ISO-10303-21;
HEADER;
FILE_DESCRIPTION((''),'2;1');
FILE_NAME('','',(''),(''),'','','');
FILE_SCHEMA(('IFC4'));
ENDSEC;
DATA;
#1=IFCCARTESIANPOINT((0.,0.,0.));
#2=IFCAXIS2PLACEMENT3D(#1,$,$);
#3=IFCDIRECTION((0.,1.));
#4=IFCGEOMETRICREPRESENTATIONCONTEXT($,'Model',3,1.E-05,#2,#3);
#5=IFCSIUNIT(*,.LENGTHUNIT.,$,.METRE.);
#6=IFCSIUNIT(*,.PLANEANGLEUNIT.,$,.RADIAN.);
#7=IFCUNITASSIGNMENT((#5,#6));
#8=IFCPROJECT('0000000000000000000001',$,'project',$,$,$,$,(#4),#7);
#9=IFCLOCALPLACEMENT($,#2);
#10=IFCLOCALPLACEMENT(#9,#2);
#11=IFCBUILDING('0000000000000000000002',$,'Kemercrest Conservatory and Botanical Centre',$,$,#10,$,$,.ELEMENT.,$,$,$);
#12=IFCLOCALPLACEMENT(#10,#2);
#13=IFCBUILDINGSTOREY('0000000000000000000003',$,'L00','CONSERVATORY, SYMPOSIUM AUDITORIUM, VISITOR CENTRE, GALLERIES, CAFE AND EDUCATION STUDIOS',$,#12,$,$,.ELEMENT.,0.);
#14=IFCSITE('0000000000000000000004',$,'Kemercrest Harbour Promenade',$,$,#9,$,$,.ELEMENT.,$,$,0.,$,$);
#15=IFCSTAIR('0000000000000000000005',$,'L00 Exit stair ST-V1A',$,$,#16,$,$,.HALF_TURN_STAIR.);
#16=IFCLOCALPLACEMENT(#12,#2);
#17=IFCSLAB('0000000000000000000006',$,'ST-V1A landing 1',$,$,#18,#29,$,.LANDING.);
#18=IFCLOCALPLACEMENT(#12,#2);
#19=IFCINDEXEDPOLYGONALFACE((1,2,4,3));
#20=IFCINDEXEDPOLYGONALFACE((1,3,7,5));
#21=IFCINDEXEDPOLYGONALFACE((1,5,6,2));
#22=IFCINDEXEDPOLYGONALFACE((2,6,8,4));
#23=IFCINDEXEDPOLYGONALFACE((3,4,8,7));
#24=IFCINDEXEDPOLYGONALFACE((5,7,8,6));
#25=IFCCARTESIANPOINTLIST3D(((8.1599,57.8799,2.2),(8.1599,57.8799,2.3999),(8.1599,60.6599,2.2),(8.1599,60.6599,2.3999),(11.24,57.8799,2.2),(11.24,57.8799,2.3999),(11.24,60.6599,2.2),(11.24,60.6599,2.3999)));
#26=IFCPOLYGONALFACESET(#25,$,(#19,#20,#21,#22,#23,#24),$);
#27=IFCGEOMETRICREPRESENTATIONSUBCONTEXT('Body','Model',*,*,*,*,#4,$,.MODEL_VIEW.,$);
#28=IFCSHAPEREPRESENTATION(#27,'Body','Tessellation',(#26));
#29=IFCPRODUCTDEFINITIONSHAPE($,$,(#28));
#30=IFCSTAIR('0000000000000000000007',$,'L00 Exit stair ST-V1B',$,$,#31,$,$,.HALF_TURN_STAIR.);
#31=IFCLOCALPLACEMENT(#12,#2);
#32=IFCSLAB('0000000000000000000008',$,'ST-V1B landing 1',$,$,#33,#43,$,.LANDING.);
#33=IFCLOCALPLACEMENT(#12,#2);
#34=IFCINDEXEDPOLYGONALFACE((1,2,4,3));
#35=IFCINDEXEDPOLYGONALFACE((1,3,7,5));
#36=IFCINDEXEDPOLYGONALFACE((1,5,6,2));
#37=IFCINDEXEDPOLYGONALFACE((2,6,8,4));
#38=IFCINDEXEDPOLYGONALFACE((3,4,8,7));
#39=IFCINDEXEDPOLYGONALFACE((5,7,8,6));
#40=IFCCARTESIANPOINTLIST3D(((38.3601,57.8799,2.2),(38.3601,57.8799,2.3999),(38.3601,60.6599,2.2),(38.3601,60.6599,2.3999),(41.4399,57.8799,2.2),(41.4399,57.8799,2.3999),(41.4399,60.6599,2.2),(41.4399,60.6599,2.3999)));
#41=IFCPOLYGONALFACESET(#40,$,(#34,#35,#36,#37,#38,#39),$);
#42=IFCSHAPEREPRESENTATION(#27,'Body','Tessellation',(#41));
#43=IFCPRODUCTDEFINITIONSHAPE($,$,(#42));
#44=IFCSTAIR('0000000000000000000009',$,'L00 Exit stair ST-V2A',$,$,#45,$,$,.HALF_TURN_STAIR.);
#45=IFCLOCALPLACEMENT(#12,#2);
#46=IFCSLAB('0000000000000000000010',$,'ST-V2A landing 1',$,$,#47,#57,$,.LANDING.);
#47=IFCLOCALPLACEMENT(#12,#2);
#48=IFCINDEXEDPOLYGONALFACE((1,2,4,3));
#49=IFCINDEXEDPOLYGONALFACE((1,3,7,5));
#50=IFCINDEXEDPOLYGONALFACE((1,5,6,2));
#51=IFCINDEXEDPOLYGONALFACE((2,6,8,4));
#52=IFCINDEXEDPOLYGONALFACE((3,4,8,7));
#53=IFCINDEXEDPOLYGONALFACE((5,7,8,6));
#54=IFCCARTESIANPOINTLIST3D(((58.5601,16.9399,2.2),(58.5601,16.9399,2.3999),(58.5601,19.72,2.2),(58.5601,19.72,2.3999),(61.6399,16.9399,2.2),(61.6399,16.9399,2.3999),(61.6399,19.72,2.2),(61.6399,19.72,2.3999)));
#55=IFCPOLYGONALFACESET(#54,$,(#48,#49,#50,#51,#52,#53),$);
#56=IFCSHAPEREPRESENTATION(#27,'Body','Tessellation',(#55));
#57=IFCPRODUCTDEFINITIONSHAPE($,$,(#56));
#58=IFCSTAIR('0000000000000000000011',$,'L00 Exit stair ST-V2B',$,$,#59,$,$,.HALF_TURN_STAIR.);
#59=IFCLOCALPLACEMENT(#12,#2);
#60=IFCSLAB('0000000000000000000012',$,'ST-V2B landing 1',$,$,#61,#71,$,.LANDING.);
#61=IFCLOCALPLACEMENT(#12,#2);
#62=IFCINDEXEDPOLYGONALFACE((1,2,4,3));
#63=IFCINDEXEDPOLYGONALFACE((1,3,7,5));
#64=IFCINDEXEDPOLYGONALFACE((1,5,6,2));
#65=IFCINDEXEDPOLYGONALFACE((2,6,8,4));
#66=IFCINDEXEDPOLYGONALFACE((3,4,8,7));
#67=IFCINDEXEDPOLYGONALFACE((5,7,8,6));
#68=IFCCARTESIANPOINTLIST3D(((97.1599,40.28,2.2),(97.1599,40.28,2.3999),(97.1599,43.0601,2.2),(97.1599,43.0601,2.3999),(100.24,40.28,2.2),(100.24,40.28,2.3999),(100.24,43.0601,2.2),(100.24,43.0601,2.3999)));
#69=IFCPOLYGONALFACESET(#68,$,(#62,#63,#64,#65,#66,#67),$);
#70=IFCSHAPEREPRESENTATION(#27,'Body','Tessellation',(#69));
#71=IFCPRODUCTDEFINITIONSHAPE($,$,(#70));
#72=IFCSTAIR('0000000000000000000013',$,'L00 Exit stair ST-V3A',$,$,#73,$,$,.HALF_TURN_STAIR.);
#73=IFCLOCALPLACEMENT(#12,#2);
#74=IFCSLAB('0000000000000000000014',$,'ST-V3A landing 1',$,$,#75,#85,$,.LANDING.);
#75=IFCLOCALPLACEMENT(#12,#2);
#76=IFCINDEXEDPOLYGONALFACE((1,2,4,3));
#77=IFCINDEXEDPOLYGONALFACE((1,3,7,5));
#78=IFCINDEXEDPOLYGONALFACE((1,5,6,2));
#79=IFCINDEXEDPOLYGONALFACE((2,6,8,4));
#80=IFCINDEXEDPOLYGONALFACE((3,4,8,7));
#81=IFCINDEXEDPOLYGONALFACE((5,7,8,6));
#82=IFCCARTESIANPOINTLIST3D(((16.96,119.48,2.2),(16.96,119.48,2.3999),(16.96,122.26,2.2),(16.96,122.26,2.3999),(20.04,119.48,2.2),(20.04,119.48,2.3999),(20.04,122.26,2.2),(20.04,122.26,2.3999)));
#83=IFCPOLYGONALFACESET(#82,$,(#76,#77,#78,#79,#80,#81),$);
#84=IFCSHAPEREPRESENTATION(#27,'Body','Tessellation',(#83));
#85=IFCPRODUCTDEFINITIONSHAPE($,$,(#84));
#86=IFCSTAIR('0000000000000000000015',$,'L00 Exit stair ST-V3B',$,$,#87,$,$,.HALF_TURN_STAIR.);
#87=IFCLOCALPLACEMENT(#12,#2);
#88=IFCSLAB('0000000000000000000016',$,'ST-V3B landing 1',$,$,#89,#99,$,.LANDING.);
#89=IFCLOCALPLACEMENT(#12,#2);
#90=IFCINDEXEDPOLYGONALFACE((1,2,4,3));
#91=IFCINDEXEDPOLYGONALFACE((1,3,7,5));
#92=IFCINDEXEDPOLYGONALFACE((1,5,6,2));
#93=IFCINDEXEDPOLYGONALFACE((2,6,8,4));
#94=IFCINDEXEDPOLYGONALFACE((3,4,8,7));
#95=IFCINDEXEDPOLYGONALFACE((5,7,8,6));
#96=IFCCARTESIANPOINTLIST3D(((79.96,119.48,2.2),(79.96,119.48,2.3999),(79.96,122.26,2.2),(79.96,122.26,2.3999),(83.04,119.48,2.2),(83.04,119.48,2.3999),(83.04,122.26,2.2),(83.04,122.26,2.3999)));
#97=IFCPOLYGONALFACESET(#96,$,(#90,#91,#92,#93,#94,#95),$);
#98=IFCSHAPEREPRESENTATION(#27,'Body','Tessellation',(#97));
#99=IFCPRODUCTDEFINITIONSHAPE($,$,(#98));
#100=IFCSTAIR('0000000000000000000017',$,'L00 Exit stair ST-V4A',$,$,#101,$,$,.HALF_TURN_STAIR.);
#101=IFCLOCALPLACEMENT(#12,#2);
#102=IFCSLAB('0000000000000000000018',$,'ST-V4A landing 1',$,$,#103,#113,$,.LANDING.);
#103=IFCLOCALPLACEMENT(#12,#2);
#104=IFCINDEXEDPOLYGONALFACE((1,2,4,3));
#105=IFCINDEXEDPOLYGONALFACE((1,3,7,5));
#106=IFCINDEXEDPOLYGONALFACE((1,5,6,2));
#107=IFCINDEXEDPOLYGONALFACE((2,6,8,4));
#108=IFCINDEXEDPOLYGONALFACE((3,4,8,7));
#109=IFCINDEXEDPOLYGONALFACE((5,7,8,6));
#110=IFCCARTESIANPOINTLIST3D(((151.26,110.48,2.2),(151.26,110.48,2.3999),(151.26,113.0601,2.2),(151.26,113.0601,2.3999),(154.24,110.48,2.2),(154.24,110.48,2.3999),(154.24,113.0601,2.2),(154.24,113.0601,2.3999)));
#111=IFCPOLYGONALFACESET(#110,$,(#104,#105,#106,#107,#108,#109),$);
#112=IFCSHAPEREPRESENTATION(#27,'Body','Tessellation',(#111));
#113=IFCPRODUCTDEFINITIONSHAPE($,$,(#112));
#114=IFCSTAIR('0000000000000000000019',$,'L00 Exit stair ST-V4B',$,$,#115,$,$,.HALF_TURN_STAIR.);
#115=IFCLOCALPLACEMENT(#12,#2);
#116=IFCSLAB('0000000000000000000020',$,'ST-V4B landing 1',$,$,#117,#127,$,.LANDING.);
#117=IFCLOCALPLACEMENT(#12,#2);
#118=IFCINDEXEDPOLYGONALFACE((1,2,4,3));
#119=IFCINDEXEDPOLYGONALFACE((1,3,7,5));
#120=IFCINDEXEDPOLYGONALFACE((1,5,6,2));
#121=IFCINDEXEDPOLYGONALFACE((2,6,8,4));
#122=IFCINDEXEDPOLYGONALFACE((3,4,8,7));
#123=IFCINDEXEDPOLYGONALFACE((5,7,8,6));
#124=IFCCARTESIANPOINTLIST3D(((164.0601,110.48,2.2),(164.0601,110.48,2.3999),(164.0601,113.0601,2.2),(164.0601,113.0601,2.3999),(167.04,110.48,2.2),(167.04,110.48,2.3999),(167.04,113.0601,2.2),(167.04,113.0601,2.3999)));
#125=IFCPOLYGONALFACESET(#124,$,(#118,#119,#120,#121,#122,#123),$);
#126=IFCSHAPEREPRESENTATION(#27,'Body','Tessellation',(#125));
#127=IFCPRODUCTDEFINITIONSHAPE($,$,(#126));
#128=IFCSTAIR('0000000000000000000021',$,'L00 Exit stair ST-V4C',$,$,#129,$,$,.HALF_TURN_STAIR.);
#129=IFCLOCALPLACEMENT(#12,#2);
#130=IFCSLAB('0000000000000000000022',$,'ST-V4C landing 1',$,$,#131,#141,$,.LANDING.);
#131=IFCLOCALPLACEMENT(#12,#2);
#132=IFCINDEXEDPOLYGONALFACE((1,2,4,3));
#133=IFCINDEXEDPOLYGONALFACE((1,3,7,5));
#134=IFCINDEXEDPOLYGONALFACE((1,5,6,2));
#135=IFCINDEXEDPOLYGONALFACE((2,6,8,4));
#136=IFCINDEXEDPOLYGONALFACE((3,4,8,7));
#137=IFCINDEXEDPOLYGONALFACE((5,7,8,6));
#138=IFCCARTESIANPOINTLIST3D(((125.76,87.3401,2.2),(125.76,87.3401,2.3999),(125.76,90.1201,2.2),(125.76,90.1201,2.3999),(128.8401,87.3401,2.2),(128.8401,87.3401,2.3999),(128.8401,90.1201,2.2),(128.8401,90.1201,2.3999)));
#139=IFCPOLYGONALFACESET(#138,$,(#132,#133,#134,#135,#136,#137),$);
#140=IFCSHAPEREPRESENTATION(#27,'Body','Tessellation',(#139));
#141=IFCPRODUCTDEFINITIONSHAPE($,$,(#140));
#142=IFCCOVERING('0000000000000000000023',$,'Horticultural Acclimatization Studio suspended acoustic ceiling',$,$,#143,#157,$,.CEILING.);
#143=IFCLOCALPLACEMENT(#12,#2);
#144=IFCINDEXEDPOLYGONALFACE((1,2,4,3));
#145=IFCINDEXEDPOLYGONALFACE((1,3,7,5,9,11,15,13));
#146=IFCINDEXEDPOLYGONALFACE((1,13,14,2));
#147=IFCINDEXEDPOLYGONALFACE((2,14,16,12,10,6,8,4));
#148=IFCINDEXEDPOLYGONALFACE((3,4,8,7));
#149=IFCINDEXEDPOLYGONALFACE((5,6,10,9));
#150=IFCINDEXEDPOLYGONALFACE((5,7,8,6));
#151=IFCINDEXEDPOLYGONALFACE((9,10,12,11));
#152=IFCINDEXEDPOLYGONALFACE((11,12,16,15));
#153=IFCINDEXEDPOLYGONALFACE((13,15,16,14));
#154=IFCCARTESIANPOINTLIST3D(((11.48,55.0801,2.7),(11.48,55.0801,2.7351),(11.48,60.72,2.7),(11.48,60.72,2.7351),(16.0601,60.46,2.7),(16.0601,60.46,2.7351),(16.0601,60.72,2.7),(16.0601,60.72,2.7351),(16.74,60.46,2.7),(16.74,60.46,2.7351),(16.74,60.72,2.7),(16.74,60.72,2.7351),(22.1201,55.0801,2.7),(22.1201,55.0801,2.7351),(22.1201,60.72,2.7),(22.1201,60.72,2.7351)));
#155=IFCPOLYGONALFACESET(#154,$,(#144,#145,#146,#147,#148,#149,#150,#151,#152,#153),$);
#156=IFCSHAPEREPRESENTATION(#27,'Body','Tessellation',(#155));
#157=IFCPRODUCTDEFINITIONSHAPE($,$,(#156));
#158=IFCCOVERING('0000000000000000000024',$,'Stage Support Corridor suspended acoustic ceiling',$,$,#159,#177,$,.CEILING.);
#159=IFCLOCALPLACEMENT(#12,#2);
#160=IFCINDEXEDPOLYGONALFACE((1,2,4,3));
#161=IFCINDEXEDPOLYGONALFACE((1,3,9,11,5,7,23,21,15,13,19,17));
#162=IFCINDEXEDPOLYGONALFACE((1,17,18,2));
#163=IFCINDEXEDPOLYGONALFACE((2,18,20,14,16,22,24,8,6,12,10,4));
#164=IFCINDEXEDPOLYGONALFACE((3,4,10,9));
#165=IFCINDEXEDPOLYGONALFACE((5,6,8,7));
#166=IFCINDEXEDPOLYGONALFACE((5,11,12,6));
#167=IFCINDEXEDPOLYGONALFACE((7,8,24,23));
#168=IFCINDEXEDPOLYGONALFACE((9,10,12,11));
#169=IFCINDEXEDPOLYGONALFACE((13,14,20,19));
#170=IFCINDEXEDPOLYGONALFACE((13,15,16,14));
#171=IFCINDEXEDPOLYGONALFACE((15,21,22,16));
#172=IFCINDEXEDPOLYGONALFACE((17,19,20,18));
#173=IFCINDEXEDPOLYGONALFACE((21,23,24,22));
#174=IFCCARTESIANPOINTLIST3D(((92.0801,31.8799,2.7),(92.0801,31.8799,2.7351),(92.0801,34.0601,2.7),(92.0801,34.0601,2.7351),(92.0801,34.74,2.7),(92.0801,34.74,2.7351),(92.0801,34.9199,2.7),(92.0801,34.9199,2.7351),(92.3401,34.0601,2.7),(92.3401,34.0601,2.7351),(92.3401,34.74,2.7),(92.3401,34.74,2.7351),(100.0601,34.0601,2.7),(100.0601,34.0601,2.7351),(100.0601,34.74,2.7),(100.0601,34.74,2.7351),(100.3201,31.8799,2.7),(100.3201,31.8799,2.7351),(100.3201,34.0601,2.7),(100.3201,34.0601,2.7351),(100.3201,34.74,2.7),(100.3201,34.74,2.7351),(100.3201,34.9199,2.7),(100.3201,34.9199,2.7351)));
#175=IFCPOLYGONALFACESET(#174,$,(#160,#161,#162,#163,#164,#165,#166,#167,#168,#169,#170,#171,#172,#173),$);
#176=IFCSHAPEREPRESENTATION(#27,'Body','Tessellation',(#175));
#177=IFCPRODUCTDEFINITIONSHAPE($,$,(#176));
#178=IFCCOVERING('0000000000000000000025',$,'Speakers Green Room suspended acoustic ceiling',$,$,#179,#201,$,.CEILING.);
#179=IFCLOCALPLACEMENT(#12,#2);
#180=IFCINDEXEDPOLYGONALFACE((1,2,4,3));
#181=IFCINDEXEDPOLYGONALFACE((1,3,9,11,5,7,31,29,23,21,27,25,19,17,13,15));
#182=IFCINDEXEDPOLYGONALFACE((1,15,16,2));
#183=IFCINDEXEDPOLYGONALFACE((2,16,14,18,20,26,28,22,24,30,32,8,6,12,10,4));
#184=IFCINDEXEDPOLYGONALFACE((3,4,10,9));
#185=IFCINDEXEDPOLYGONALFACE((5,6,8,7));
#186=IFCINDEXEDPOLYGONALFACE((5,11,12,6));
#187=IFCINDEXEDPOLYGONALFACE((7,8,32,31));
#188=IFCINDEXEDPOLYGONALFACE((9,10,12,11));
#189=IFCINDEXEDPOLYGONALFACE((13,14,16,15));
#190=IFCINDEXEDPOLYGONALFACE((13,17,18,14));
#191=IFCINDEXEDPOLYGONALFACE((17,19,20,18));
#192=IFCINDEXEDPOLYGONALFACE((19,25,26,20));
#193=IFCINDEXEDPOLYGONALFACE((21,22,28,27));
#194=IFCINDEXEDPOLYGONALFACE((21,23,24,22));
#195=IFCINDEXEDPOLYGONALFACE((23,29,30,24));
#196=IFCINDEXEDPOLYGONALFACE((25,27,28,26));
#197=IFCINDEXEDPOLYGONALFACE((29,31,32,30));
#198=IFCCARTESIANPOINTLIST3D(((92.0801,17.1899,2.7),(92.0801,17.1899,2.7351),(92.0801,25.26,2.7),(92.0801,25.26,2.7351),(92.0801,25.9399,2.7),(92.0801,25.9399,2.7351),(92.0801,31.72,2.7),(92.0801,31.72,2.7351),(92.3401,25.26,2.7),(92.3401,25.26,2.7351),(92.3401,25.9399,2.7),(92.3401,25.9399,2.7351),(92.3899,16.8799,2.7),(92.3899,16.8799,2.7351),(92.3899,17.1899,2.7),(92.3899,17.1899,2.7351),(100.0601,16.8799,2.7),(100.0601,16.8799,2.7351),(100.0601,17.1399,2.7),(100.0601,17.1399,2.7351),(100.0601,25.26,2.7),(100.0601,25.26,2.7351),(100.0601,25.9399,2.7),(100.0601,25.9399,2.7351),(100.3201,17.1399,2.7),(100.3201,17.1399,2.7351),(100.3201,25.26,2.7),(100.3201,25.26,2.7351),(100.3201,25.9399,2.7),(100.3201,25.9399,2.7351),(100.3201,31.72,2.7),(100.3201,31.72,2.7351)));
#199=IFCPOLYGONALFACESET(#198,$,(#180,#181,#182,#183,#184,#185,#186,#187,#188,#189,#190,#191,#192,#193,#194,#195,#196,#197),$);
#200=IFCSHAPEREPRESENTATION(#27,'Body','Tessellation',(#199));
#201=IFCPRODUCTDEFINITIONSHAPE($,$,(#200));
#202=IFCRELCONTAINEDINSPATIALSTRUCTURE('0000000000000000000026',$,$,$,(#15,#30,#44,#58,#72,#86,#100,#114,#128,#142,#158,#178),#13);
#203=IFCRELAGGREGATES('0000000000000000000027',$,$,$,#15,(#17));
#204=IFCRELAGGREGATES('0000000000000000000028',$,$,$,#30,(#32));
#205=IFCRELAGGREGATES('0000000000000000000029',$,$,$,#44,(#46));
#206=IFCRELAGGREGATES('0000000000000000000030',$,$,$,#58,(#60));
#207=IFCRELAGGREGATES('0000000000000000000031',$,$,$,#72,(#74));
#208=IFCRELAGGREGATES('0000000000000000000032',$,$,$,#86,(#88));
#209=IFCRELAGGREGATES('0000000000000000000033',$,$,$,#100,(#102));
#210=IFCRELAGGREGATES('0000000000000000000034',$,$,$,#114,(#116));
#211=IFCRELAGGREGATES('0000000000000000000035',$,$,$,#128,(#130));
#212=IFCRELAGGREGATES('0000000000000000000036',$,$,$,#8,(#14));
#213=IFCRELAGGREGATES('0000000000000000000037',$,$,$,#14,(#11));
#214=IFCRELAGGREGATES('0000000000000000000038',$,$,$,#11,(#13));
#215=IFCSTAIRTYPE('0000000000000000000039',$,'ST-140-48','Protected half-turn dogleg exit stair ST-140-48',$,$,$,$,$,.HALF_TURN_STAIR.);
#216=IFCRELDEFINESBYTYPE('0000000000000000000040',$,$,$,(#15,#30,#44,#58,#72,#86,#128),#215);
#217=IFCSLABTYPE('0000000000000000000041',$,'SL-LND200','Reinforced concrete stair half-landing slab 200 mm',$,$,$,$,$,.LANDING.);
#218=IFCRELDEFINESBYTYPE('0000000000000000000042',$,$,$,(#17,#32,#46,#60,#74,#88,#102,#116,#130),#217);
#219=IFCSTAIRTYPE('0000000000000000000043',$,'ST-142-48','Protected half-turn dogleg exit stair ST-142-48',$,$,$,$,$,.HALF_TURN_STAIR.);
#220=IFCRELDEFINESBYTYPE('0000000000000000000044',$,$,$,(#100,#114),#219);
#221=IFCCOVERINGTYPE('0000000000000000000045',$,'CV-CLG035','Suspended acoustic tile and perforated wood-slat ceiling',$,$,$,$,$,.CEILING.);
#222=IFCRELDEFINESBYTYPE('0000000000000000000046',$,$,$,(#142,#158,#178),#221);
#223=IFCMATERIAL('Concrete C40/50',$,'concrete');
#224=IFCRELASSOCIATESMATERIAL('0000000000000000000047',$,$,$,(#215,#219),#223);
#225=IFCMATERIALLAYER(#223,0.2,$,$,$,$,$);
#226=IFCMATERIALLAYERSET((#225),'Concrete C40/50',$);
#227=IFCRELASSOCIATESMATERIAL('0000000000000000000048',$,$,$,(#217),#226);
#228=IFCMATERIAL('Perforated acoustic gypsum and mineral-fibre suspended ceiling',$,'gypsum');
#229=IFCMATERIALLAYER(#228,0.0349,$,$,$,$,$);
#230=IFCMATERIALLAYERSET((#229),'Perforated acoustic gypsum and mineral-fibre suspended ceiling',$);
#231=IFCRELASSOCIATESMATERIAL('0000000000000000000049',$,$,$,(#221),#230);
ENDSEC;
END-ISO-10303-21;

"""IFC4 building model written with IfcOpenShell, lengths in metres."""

from ifc_helpers import new_model, si_unit, direction, frame, origin, place, context, subcontext, project, spatial, polyline, outline, extrude, material, layer, layer_set, type_object, element, aggregate, save


model = new_model("IFC4")

# Units and contexts
model_context = context("Model", 3, precision=1e-05, world=origin(), true_north=direction((0.0, 1.0)))
body_context = subcontext(model_context, "Body", "Model", "MODEL_VIEW")
ifc_project = project(units=[si_unit("LENGTHUNIT", "METRE"), si_unit("PLANEANGLEUNIT", "RADIAN")], contexts=[model_context])

# Site, building, storey
site_placement = place(None, origin())
site = spatial("IfcSite", under=ifc_project, at=site_placement, Name="Kemercrest Harbour Promenade", CompositionType="ELEMENT", RefElevation=0.0)
building_placement = place(site_placement, origin())
building = spatial("IfcBuilding", under=site, at=building_placement, Name="Kemercrest Conservatory and Botanical Centre", CompositionType="ELEMENT")
storey_placement = place(building_placement, origin())
storey = spatial("IfcBuildingStorey", under=building, at=storey_placement, Name="L00", Description="CONSERVATORY, SYMPOSIUM AUDITORIUM, VISITOR CENTRE, GALLERIES, CAFE AND EDUCATION STUDIOS", CompositionType="ELEMENT", Elevation=0.0)

# Stairs, slabs
ifc_material_1 = material(Name="Concrete C40/50", Category="concrete")
stair_type_1 = type_object("IfcStairType", Name="ST-140-48", Description="Protected half-turn dogleg exit stair ST-140-48", PredefinedType="HALF_TURN_STAIR", material=ifc_material_1)
stair_1_placement = place(storey_placement, origin())
stair_1 = element("IfcStair", 1, at=stair_1_placement, inside=storey, type_object=stair_type_1, Name="L00 Exit stair ST-V1A", PredefinedType="HALF_TURN_STAIR")
ifc_layer_1 = layer(ifc_material_1, 0.2)
ifc_layer_set_1 = layer_set([ifc_layer_1], Name="Concrete C40/50")
slab_type = type_object("IfcSlabType", Name="SL-LND200", Description="Reinforced concrete stair half-landing slab 200 mm", PredefinedType="LANDING", material=ifc_layer_set_1)
slab_1_placement = place(storey_placement, frame((0.0, 0.0, 2.2)))
slab_1 = element("IfcSlab", 2, at=slab_1_placement, type_object=slab_type, Name="ST-V1A landing 1", PredefinedType="LANDING", context=body_context, shape_type="SweptSolid", body=[
    extrude(outline(polyline([(11.24, 57.8799), (11.24, 60.6599), (8.1599, 60.6599), (8.1599, 57.8799), (11.24, 57.8799)])), origin(), (0.0, 0.0, 1.0), 0.2),
])
aggregate(stair_1, [slab_1])
stair_2_placement = place(storey_placement, origin())
stair_2 = element("IfcStair", 3, at=stair_2_placement, inside=storey, type_object=stair_type_1, Name="L00 Exit stair ST-V1B", PredefinedType="HALF_TURN_STAIR")
slab_2_placement = place(storey_placement, frame((0.0, 0.0, 2.2)))
slab_2 = element("IfcSlab", 4, at=slab_2_placement, type_object=slab_type, Name="ST-V1B landing 1", PredefinedType="LANDING", context=body_context, shape_type="SweptSolid", body=[
    extrude(outline(polyline([(41.4399, 57.8799), (41.4399, 60.6599), (38.3601, 60.6599), (38.3601, 57.8799), (41.4399, 57.8799)])), origin(), (0.0, 0.0, 1.0), 0.2),
])
aggregate(stair_2, [slab_2])
stair_3_placement = place(storey_placement, origin())
stair_3 = element("IfcStair", 5, at=stair_3_placement, inside=storey, type_object=stair_type_1, Name="L00 Exit stair ST-V2A", PredefinedType="HALF_TURN_STAIR")
slab_3_placement = place(storey_placement, frame((0.0, 0.0, 2.2)))
slab_3 = element("IfcSlab", 6, at=slab_3_placement, type_object=slab_type, Name="ST-V2A landing 1", PredefinedType="LANDING", context=body_context, shape_type="SweptSolid", body=[
    extrude(outline(polyline([(58.5601, 19.72), (58.5601, 16.9399), (61.6399, 16.9399), (61.6399, 19.72), (58.5601, 19.72)])), origin(), (0.0, 0.0, 1.0), 0.2),
])
aggregate(stair_3, [slab_3])
stair_4_placement = place(storey_placement, origin())
stair_4 = element("IfcStair", 7, at=stair_4_placement, inside=storey, type_object=stair_type_1, Name="L00 Exit stair ST-V2B", PredefinedType="HALF_TURN_STAIR")
slab_4_placement = place(storey_placement, frame((0.0, 0.0, 2.2)))
slab_4 = element("IfcSlab", 8, at=slab_4_placement, type_object=slab_type, Name="ST-V2B landing 1", PredefinedType="LANDING", context=body_context, shape_type="SweptSolid", body=[
    extrude(outline(polyline([(100.24, 40.28), (100.24, 43.0601), (97.1599, 43.0601), (97.1599, 40.28), (100.24, 40.28)])), origin(), (0.0, 0.0, 1.0), 0.2),
])
aggregate(stair_4, [slab_4])
stair_5_placement = place(storey_placement, origin())
stair_5 = element("IfcStair", 9, at=stair_5_placement, inside=storey, type_object=stair_type_1, Name="L00 Exit stair ST-V3A", PredefinedType="HALF_TURN_STAIR")
slab_5_placement = place(storey_placement, frame((0.0, 0.0, 2.2)))
slab_5 = element("IfcSlab", 10, at=slab_5_placement, type_object=slab_type, Name="ST-V3A landing 1", PredefinedType="LANDING", context=body_context, shape_type="SweptSolid", body=[
    extrude(outline(polyline([(20.04, 119.48), (20.04, 122.26), (16.96, 122.26), (16.96, 119.48), (20.04, 119.48)])), origin(), (0.0, 0.0, 1.0), 0.2),
])
aggregate(stair_5, [slab_5])
stair_6_placement = place(storey_placement, origin())
stair_6 = element("IfcStair", 11, at=stair_6_placement, inside=storey, type_object=stair_type_1, Name="L00 Exit stair ST-V3B", PredefinedType="HALF_TURN_STAIR")
slab_6_placement = place(storey_placement, frame((0.0, 0.0, 2.2)))
slab_6 = element("IfcSlab", 12, at=slab_6_placement, type_object=slab_type, Name="ST-V3B landing 1", PredefinedType="LANDING", context=body_context, shape_type="SweptSolid", body=[
    extrude(outline(polyline([(83.04, 119.48), (83.04, 122.26), (79.96, 122.26), (79.96, 119.48), (83.04, 119.48)])), origin(), (0.0, 0.0, 1.0), 0.2),
])
aggregate(stair_6, [slab_6])
stair_type_2 = type_object("IfcStairType", Name="ST-142-48", Description="Protected half-turn dogleg exit stair ST-142-48", PredefinedType="HALF_TURN_STAIR", material=ifc_material_1)
stair_7_placement = place(storey_placement, origin())
stair_7 = element("IfcStair", 13, at=stair_7_placement, inside=storey, type_object=stair_type_2, Name="L00 Exit stair ST-V4A", PredefinedType="HALF_TURN_STAIR")
slab_7_placement = place(storey_placement, frame((0.0, 0.0, 2.2)))
slab_7 = element("IfcSlab", 14, at=slab_7_placement, type_object=slab_type, Name="ST-V4A landing 1", PredefinedType="LANDING", context=body_context, shape_type="SweptSolid", body=[
    extrude(outline(polyline([(154.24, 110.48), (154.24, 113.0601), (151.26, 113.0601), (151.26, 110.48), (154.24, 110.48)])), origin(), (0.0, 0.0, 1.0), 0.2),
])
aggregate(stair_7, [slab_7])
stair_8_placement = place(storey_placement, origin())
stair_8 = element("IfcStair", 15, at=stair_8_placement, inside=storey, type_object=stair_type_2, Name="L00 Exit stair ST-V4B", PredefinedType="HALF_TURN_STAIR")
slab_8_placement = place(storey_placement, frame((0.0, 0.0, 2.2)))
slab_8 = element("IfcSlab", 16, at=slab_8_placement, type_object=slab_type, Name="ST-V4B landing 1", PredefinedType="LANDING", context=body_context, shape_type="SweptSolid", body=[
    extrude(outline(polyline([(167.04, 110.48), (167.04, 113.0601), (164.0601, 113.0601), (164.0601, 110.48), (167.04, 110.48)])), origin(), (0.0, 0.0, 1.0), 0.2),
])
aggregate(stair_8, [slab_8])
stair_9_placement = place(storey_placement, origin())
stair_9 = element("IfcStair", 17, at=stair_9_placement, inside=storey, type_object=stair_type_1, Name="L00 Exit stair ST-V4C", PredefinedType="HALF_TURN_STAIR")
slab_9_placement = place(storey_placement, frame((0.0, 0.0, 2.2)))
slab_9 = element("IfcSlab", 18, at=slab_9_placement, type_object=slab_type, Name="ST-V4C landing 1", PredefinedType="LANDING", context=body_context, shape_type="SweptSolid", body=[
    extrude(outline(polyline([(125.76, 90.1201), (125.76, 87.3401), (128.8401, 87.3401), (128.8401, 90.1201), (125.76, 90.1201)])), origin(), (0.0, 0.0, 1.0), 0.2),
])
aggregate(stair_9, [slab_9])

# Coverings
ifc_material_2 = material(Name="Perforated acoustic gypsum and mineral-fibre suspended ceiling", Category="gypsum")
ifc_layer_2 = layer(ifc_material_2, 0.0349)
ifc_layer_set_2 = layer_set([ifc_layer_2], Name="Perforated acoustic gypsum and mineral-fibre suspended ceiling")
covering_type_1 = type_object("IfcCoveringType", Name="CV-CLG035", Description="Suspended acoustic tile and perforated wood-slat ceiling", PredefinedType="CEILING", material=ifc_layer_set_2)
covering_1_placement = place(storey_placement, frame((0.0, 0.0, 2.7)))
element("IfcCovering", 19, at=covering_1_placement, inside=storey, type_object=covering_type_1, Name="Horticultural Acclimatization Studio suspended acoustic ceiling", PredefinedType="CEILING", context=body_context, shape_type="SweptSolid", body=[
    extrude(outline(polyline([(11.48, 55.0801), (22.1201, 55.0801), (22.1201, 60.72), (16.74, 60.72), (16.74, 60.46), (16.0601, 60.46), (16.0601, 60.72), (11.48, 60.72), (11.48, 55.0801)])), origin(), (0.0, 0.0, 1.0), 0.0352),
])
covering_2_placement = place(storey_placement, frame((0.0, 0.0, 2.7)))
element("IfcCovering", 20, at=covering_2_placement, inside=storey, type_object=covering_type_1, Name="Stage Support Corridor suspended acoustic ceiling", PredefinedType="CEILING", context=body_context, shape_type="SweptSolid", body=[
    extrude(outline(polyline([(92.0801, 31.8799), (100.3201, 31.8799), (100.3201, 34.0601), (100.0601, 34.0601), (100.0601, 34.74), (100.3201, 34.74), (100.3201, 34.9199), (92.0801, 34.9199), (92.0801, 34.74), (92.3401, 34.74), (92.3401, 34.0601), (92.0801, 34.0601), (92.0801, 31.8799)])), origin(), (0.0, 0.0, 1.0), 0.0352),
])
covering_3_placement = place(storey_placement, frame((0.0, 0.0, 2.7)))
element("IfcCovering", 21, at=covering_3_placement, inside=storey, type_object=covering_type_1, Name="Speakers Green Room suspended acoustic ceiling", PredefinedType="CEILING", context=body_context, shape_type="SweptSolid", body=[
    extrude(outline(polyline([(92.3899, 16.8799), (100.0601, 16.8799), (100.0601, 17.1399), (100.3201, 17.1399), (100.3201, 25.26), (100.0601, 25.26), (100.0601, 25.9399), (100.3201, 25.9399), (100.3201, 31.72), (92.0801, 31.72), (92.0801, 25.9399), (92.3401, 25.9399), (92.3401, 25.26), (92.0801, 25.26), (92.0801, 17.1899), (92.3899, 17.1899), (92.3899, 16.8799)])), origin(), (0.0, 0.0, 1.0), 0.0352),
])

save(model, "model.ifc")
